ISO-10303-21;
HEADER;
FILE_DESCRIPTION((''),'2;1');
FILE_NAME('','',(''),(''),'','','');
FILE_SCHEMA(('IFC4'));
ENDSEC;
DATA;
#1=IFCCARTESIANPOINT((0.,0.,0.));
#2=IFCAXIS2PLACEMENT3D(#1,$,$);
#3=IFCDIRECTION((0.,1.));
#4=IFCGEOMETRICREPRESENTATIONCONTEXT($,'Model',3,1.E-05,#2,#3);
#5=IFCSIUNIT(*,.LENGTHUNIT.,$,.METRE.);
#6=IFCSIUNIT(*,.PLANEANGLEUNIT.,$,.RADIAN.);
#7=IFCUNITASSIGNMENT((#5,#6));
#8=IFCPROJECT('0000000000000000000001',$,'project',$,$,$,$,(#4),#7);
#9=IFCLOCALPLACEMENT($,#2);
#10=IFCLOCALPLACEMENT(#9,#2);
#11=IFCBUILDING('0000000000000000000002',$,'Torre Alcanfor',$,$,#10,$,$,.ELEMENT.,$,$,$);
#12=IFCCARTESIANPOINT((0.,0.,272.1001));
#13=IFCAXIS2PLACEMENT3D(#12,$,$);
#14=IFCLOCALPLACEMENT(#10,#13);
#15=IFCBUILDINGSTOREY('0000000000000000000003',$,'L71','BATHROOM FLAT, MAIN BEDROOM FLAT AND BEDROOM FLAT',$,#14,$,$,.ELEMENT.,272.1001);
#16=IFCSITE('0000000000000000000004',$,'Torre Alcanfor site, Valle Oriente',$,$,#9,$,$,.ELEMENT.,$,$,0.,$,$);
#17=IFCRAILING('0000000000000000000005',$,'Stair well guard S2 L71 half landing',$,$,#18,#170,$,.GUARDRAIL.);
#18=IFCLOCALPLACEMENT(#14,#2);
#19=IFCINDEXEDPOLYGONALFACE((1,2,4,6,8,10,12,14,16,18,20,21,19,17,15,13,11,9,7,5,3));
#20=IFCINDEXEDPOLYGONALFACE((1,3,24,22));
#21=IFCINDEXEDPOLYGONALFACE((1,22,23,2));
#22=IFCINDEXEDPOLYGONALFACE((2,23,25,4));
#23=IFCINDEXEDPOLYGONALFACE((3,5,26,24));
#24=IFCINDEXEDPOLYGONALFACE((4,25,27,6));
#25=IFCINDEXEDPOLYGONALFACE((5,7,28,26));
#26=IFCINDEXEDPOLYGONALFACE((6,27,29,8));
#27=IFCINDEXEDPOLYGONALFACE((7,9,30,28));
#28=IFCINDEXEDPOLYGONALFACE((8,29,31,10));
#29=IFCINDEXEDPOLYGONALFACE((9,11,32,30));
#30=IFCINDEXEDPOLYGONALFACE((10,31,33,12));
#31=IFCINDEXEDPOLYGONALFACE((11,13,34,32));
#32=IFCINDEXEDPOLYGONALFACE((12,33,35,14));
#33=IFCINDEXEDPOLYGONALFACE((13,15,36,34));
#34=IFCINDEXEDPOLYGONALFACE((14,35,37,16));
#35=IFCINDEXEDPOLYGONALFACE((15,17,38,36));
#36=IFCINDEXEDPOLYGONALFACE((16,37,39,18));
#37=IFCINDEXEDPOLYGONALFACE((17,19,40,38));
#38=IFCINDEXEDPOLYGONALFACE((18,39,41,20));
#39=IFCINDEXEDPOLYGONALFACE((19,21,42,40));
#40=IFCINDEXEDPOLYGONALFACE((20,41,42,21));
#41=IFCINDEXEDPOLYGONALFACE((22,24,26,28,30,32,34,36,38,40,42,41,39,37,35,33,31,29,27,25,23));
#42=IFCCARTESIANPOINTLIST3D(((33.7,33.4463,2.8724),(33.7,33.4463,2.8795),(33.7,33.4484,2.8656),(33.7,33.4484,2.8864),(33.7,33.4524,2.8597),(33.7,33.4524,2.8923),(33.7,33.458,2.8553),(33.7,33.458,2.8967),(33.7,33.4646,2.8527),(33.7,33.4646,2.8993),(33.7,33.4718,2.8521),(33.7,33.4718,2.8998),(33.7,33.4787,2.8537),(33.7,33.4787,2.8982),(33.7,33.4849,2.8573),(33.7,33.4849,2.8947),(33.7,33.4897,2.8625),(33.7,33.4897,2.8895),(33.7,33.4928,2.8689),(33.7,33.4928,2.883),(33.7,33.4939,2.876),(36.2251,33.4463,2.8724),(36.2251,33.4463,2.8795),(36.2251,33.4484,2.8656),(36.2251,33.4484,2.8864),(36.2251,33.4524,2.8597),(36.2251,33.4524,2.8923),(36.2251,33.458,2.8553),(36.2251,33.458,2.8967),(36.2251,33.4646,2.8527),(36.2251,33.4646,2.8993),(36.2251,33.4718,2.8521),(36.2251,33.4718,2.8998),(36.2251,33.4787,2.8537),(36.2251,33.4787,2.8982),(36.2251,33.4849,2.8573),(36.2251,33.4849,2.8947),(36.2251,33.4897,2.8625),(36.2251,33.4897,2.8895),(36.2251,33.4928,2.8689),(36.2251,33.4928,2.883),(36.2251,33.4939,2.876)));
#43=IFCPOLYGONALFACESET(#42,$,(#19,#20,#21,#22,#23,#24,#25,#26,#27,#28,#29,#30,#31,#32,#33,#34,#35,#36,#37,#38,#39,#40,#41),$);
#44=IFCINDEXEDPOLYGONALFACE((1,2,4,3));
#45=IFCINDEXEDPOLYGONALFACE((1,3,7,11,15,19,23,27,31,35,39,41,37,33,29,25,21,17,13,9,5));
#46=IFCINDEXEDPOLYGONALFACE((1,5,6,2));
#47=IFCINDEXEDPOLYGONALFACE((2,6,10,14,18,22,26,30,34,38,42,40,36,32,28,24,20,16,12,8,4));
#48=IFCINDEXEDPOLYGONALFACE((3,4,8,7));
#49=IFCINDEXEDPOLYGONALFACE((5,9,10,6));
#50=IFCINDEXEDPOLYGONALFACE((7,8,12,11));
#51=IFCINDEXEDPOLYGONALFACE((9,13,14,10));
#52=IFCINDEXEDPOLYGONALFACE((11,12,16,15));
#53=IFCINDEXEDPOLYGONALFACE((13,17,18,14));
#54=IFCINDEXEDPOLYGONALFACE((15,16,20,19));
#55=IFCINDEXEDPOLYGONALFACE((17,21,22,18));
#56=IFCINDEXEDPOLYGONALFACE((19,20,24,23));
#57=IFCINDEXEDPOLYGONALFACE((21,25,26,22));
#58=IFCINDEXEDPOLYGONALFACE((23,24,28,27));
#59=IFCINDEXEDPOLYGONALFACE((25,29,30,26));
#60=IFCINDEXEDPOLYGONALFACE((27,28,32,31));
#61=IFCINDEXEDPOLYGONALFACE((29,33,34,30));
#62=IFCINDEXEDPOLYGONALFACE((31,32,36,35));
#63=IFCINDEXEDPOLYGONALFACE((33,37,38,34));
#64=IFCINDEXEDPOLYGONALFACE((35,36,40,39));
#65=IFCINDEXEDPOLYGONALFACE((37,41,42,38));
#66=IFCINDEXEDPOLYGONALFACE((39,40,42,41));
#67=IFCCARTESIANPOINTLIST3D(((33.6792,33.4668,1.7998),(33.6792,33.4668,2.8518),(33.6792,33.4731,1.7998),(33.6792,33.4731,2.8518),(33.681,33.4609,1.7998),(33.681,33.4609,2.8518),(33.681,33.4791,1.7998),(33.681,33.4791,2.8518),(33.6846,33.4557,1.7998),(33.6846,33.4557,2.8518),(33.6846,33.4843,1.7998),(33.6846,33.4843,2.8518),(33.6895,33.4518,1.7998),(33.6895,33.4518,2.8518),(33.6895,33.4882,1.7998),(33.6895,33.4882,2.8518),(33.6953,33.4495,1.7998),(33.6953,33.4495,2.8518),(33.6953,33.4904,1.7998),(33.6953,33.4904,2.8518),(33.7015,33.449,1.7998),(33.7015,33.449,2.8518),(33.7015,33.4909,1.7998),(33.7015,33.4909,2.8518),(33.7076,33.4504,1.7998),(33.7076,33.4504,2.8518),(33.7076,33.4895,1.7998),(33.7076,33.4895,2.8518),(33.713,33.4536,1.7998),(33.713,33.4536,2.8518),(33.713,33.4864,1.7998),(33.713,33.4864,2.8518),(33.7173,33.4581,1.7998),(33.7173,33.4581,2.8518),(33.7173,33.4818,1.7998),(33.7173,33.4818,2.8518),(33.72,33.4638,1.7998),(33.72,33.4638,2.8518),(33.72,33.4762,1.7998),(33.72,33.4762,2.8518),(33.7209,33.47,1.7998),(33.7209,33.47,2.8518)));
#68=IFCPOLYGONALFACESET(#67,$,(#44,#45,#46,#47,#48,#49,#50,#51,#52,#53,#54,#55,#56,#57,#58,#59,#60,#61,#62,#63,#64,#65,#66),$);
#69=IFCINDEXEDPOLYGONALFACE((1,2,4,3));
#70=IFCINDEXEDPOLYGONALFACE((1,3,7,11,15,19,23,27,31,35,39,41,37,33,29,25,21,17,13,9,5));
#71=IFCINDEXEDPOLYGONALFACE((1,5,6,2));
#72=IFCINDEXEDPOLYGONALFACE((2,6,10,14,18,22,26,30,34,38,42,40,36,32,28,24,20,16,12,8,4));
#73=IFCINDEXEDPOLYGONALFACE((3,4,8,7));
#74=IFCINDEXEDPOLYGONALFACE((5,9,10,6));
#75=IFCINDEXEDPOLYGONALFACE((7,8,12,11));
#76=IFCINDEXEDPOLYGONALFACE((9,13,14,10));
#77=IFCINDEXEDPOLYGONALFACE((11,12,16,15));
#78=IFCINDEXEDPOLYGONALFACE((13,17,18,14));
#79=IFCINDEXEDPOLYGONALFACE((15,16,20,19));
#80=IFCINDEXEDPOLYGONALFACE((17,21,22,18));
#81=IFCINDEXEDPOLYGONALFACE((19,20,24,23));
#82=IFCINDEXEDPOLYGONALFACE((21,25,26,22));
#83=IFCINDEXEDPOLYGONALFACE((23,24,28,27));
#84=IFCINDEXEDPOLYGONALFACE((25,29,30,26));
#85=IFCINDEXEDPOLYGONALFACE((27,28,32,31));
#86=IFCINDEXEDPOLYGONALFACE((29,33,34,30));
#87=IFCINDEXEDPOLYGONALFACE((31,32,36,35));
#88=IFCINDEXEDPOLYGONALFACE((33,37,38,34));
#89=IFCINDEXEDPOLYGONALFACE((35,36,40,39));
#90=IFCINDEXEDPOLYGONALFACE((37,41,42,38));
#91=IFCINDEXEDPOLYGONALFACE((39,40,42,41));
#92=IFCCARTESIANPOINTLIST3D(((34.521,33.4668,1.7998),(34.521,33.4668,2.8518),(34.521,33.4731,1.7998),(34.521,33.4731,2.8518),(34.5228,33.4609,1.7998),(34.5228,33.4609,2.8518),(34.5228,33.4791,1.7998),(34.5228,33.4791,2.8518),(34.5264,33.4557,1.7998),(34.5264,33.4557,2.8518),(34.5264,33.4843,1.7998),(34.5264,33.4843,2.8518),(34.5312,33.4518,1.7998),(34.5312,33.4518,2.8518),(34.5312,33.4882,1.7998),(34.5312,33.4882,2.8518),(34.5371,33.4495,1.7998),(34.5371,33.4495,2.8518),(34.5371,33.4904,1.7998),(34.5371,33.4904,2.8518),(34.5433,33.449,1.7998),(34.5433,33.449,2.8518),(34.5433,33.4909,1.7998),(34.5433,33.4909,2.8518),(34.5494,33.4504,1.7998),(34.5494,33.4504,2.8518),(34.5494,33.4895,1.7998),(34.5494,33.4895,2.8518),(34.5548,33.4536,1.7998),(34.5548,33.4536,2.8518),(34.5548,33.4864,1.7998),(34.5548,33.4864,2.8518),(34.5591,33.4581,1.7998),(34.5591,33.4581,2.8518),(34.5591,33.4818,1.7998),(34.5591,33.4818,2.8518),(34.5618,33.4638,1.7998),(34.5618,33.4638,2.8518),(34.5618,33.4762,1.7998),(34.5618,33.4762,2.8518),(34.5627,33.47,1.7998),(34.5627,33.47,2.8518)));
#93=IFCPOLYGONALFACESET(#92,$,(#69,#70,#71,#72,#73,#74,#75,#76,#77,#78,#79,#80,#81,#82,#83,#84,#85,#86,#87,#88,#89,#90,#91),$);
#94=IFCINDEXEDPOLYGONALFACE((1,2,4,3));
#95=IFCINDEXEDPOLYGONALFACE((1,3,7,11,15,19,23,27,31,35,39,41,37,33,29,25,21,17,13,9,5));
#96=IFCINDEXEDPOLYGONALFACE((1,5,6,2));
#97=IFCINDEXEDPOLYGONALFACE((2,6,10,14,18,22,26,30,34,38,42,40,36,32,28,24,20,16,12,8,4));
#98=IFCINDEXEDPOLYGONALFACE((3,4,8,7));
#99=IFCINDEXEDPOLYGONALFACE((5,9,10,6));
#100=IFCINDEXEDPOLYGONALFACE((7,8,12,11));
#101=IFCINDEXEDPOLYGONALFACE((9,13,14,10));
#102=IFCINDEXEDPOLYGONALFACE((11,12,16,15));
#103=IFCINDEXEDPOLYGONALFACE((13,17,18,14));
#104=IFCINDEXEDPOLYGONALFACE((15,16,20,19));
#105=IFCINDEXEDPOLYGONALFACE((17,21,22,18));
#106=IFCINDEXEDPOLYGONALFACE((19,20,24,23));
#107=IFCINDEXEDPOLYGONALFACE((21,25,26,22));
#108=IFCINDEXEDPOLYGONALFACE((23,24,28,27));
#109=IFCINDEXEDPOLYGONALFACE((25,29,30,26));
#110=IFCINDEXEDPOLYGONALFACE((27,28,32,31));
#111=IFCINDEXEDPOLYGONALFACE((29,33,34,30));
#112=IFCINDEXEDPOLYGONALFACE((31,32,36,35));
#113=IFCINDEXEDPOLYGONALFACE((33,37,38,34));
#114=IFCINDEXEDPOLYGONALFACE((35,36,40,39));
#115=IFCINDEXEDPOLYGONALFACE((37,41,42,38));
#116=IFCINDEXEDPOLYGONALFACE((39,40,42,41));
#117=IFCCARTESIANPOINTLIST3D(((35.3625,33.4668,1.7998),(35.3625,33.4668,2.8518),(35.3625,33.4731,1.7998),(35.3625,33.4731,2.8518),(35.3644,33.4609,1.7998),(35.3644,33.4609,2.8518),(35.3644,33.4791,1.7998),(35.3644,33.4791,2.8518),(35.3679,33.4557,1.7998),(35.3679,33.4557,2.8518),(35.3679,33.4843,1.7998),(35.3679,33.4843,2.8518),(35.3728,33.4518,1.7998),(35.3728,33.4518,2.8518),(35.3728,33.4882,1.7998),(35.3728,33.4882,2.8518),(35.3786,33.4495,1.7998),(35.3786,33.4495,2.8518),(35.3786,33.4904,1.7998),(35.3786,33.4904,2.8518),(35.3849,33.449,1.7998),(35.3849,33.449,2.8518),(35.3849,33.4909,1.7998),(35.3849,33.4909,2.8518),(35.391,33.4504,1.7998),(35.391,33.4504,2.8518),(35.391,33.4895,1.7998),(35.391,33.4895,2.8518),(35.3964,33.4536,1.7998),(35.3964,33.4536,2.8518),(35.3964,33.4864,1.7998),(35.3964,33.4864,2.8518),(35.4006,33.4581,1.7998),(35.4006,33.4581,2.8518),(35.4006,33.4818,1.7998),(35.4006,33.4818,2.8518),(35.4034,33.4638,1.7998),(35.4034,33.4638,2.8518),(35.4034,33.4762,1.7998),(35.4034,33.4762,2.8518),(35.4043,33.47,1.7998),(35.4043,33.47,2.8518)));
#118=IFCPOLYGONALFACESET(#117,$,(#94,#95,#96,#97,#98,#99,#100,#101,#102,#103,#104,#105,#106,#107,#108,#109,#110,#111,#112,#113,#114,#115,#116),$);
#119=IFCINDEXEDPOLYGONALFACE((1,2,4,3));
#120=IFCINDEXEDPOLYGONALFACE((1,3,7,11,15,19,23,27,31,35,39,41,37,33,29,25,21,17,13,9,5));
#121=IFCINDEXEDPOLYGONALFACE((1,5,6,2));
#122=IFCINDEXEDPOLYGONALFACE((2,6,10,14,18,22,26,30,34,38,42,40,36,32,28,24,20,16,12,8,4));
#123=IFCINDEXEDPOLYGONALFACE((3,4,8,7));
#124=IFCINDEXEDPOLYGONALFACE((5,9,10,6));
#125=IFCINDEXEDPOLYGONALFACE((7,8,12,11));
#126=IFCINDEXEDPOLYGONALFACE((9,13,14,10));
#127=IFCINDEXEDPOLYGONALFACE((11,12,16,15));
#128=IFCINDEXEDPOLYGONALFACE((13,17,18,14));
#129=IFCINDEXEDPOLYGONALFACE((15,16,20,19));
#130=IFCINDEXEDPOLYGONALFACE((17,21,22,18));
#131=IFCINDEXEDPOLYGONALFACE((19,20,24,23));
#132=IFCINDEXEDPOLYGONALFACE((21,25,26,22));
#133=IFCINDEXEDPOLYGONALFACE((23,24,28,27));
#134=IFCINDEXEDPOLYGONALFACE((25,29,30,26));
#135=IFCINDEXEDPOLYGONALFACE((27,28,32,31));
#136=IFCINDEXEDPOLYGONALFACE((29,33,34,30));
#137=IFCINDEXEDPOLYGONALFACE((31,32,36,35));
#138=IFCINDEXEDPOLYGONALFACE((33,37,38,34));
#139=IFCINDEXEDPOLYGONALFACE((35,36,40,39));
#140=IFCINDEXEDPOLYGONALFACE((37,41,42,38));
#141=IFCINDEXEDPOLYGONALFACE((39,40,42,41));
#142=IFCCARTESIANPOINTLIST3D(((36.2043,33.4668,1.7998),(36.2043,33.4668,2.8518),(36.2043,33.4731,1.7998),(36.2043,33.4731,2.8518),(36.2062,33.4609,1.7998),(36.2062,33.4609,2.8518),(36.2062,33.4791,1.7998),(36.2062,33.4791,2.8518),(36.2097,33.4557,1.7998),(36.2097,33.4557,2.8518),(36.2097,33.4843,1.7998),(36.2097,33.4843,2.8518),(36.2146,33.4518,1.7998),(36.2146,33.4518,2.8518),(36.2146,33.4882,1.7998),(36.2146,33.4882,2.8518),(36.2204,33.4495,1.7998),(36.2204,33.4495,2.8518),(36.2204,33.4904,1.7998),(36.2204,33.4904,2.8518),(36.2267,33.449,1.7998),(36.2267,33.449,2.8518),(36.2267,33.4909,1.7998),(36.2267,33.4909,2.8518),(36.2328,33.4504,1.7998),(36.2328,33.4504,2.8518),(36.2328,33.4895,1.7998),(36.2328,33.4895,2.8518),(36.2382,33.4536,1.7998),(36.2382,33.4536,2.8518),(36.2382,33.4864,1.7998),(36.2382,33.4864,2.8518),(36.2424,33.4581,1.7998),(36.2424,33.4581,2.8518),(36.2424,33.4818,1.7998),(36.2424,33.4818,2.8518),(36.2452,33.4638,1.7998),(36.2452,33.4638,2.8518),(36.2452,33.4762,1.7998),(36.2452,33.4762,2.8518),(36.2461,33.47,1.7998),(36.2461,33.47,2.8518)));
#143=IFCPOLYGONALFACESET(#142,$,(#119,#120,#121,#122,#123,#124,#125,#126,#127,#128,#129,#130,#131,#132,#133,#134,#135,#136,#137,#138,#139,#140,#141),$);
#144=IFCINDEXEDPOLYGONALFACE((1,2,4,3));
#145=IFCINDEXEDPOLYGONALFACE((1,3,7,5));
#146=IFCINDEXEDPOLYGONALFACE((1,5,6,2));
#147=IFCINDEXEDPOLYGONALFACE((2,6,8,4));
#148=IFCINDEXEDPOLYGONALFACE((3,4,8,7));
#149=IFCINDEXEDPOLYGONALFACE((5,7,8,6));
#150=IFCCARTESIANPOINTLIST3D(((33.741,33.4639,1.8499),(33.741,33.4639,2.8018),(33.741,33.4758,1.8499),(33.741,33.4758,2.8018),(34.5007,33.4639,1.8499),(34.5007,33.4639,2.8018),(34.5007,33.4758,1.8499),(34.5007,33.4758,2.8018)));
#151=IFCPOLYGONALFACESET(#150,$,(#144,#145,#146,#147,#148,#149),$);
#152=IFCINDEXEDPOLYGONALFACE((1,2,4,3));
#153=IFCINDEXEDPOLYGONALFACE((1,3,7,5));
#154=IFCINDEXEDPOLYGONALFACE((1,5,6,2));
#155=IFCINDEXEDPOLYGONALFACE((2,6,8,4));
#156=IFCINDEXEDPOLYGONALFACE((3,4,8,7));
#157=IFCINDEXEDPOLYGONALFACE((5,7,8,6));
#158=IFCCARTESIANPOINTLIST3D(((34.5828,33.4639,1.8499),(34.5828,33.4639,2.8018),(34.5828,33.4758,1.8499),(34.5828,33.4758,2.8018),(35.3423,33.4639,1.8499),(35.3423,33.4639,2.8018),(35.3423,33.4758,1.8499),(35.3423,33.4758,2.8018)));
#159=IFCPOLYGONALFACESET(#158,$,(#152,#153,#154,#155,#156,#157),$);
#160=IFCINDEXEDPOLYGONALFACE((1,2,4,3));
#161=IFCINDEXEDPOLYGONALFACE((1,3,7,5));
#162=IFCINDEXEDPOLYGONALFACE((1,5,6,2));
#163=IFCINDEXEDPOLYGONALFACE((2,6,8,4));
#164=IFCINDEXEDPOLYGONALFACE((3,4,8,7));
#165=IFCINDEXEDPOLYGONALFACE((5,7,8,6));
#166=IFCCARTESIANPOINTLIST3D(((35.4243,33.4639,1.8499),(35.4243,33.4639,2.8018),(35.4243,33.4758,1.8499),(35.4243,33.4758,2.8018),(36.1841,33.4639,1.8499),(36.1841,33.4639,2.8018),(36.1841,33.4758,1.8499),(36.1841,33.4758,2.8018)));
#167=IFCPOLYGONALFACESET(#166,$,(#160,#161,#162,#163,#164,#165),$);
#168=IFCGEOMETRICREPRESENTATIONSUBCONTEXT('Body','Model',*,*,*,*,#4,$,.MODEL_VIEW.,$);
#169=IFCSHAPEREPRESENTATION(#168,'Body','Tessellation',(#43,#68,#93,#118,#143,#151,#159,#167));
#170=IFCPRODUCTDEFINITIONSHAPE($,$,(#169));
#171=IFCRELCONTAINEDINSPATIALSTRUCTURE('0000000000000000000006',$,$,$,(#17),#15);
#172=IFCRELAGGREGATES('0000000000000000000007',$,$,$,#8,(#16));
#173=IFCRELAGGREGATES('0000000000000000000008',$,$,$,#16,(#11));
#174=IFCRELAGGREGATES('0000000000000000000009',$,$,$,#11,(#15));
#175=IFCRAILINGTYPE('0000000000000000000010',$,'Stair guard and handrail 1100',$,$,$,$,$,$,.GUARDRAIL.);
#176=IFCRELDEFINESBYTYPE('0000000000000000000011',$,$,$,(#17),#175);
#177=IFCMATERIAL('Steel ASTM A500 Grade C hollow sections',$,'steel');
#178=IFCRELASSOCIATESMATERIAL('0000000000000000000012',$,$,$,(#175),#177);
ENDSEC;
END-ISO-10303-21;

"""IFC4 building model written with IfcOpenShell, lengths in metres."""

from ifc_helpers import new_model, si_unit, direction, frame, origin, origin_2d, place, context, subcontext, project, spatial, polyline, circle, outline, extrude, material, type_object, element, save


model = new_model("IFC4")

# Units and contexts
model_context = context("Model", 3, precision=1e-05, world=origin(), true_north=direction((0.0, 1.0)))
body_context = subcontext(model_context, "Body", "Model", "MODEL_VIEW")
ifc_project = project(units=[si_unit("LENGTHUNIT", "METRE"), si_unit("PLANEANGLEUNIT", "RADIAN")], contexts=[model_context])

# Site, building, storey
site_placement = place(None, origin())
site = spatial("IfcSite", under=ifc_project, at=site_placement, Name="Torre Alcanfor site, Valle Oriente", CompositionType="ELEMENT", RefElevation=0.0)
building_placement = place(site_placement, origin())
building = spatial("IfcBuilding", under=site, at=building_placement, Name="Torre Alcanfor", CompositionType="ELEMENT")
storey_placement = place(building_placement, frame((0.0, 0.0, 272.1001)))
storey = spatial("IfcBuildingStorey", under=building, at=storey_placement, Name="L71", Description="BATHROOM FLAT, MAIN BEDROOM FLAT AND BEDROOM FLAT", CompositionType="ELEMENT", Elevation=272.1001)

# Railing
ifc_material_1 = material(Name="Steel ASTM A500 Grade C hollow sections", Category="steel")
railing_type_1 = type_object("IfcRailingType", Name="Stair guard and handrail 1100", PredefinedType="GUARDRAIL", material=ifc_material_1)
for number, where, name in (
    (1, (33.7, 33.47, 1.7998), "Stair well guard S2 L71 half landing"),
):
    element("IfcRailing", number, at=place(storey_placement, frame(where)), inside=storey, type_object=railing_type_1, Name=name, PredefinedType="GUARDRAIL", context=body_context, shape_type="SweptSolid", body=[
        extrude(circle(Radius=0.0239, at=origin_2d()), frame((0.0, 0.0, 1.0762), z_axis=(1.0, 0.0, 0.0), x_axis=(0.0, 1.0, 0.0)), (0.0, 0.0, 1.0), 2.5251),
        extrude(circle(Radius=0.021, at=origin_2d()), origin(), (0.0, 0.0, 1.0), 1.052),
        extrude(circle(Radius=0.021, at=origin_2d()), frame((0.8418, 0.0, 0.0)), (0.0, 0.0, 1.0), 1.052),
        extrude(circle(Radius=0.021, at=origin_2d()), frame((1.6833, 0.0, 0.0)), (0.0, 0.0, 1.0), 1.052),
        extrude(circle(Radius=0.021, at=origin_2d()), frame((2.5251, 0.0, 0.0)), (0.0, 0.0, 1.0), 1.052),
        extrude(outline(polyline([(0.041, 0.05), (0.8008, 0.05), (0.8008, 1.002), (0.041, 1.002), (0.041, 0.05)])), frame((0.0, 0.0059, 0.0), z_axis=(0.0, -1.0, 0.0), x_axis=(1.0, 0.0, 0.0)), (0.0, 0.0, 1.0), 0.012),
        extrude(outline(polyline([(0.8828, 0.05), (1.6423, 0.05), (1.6423, 1.002), (0.8828, 1.002), (0.8828, 0.05)])), frame((0.0, 0.0059, 0.0), z_axis=(0.0, -1.0, 0.0), x_axis=(1.0, 0.0, 0.0)), (0.0, 0.0, 1.0), 0.012),
        extrude(outline(polyline([(1.7244, 0.05), (2.4841, 0.05), (2.4841, 1.002), (1.7244, 1.002), (1.7244, 0.05)])), frame((0.0, 0.0059, 0.0), z_axis=(0.0, -1.0, 0.0), x_axis=(1.0, 0.0, 0.0)), (0.0, 0.0, 1.0), 0.012),
    ])

save(model, "model.ifc")
